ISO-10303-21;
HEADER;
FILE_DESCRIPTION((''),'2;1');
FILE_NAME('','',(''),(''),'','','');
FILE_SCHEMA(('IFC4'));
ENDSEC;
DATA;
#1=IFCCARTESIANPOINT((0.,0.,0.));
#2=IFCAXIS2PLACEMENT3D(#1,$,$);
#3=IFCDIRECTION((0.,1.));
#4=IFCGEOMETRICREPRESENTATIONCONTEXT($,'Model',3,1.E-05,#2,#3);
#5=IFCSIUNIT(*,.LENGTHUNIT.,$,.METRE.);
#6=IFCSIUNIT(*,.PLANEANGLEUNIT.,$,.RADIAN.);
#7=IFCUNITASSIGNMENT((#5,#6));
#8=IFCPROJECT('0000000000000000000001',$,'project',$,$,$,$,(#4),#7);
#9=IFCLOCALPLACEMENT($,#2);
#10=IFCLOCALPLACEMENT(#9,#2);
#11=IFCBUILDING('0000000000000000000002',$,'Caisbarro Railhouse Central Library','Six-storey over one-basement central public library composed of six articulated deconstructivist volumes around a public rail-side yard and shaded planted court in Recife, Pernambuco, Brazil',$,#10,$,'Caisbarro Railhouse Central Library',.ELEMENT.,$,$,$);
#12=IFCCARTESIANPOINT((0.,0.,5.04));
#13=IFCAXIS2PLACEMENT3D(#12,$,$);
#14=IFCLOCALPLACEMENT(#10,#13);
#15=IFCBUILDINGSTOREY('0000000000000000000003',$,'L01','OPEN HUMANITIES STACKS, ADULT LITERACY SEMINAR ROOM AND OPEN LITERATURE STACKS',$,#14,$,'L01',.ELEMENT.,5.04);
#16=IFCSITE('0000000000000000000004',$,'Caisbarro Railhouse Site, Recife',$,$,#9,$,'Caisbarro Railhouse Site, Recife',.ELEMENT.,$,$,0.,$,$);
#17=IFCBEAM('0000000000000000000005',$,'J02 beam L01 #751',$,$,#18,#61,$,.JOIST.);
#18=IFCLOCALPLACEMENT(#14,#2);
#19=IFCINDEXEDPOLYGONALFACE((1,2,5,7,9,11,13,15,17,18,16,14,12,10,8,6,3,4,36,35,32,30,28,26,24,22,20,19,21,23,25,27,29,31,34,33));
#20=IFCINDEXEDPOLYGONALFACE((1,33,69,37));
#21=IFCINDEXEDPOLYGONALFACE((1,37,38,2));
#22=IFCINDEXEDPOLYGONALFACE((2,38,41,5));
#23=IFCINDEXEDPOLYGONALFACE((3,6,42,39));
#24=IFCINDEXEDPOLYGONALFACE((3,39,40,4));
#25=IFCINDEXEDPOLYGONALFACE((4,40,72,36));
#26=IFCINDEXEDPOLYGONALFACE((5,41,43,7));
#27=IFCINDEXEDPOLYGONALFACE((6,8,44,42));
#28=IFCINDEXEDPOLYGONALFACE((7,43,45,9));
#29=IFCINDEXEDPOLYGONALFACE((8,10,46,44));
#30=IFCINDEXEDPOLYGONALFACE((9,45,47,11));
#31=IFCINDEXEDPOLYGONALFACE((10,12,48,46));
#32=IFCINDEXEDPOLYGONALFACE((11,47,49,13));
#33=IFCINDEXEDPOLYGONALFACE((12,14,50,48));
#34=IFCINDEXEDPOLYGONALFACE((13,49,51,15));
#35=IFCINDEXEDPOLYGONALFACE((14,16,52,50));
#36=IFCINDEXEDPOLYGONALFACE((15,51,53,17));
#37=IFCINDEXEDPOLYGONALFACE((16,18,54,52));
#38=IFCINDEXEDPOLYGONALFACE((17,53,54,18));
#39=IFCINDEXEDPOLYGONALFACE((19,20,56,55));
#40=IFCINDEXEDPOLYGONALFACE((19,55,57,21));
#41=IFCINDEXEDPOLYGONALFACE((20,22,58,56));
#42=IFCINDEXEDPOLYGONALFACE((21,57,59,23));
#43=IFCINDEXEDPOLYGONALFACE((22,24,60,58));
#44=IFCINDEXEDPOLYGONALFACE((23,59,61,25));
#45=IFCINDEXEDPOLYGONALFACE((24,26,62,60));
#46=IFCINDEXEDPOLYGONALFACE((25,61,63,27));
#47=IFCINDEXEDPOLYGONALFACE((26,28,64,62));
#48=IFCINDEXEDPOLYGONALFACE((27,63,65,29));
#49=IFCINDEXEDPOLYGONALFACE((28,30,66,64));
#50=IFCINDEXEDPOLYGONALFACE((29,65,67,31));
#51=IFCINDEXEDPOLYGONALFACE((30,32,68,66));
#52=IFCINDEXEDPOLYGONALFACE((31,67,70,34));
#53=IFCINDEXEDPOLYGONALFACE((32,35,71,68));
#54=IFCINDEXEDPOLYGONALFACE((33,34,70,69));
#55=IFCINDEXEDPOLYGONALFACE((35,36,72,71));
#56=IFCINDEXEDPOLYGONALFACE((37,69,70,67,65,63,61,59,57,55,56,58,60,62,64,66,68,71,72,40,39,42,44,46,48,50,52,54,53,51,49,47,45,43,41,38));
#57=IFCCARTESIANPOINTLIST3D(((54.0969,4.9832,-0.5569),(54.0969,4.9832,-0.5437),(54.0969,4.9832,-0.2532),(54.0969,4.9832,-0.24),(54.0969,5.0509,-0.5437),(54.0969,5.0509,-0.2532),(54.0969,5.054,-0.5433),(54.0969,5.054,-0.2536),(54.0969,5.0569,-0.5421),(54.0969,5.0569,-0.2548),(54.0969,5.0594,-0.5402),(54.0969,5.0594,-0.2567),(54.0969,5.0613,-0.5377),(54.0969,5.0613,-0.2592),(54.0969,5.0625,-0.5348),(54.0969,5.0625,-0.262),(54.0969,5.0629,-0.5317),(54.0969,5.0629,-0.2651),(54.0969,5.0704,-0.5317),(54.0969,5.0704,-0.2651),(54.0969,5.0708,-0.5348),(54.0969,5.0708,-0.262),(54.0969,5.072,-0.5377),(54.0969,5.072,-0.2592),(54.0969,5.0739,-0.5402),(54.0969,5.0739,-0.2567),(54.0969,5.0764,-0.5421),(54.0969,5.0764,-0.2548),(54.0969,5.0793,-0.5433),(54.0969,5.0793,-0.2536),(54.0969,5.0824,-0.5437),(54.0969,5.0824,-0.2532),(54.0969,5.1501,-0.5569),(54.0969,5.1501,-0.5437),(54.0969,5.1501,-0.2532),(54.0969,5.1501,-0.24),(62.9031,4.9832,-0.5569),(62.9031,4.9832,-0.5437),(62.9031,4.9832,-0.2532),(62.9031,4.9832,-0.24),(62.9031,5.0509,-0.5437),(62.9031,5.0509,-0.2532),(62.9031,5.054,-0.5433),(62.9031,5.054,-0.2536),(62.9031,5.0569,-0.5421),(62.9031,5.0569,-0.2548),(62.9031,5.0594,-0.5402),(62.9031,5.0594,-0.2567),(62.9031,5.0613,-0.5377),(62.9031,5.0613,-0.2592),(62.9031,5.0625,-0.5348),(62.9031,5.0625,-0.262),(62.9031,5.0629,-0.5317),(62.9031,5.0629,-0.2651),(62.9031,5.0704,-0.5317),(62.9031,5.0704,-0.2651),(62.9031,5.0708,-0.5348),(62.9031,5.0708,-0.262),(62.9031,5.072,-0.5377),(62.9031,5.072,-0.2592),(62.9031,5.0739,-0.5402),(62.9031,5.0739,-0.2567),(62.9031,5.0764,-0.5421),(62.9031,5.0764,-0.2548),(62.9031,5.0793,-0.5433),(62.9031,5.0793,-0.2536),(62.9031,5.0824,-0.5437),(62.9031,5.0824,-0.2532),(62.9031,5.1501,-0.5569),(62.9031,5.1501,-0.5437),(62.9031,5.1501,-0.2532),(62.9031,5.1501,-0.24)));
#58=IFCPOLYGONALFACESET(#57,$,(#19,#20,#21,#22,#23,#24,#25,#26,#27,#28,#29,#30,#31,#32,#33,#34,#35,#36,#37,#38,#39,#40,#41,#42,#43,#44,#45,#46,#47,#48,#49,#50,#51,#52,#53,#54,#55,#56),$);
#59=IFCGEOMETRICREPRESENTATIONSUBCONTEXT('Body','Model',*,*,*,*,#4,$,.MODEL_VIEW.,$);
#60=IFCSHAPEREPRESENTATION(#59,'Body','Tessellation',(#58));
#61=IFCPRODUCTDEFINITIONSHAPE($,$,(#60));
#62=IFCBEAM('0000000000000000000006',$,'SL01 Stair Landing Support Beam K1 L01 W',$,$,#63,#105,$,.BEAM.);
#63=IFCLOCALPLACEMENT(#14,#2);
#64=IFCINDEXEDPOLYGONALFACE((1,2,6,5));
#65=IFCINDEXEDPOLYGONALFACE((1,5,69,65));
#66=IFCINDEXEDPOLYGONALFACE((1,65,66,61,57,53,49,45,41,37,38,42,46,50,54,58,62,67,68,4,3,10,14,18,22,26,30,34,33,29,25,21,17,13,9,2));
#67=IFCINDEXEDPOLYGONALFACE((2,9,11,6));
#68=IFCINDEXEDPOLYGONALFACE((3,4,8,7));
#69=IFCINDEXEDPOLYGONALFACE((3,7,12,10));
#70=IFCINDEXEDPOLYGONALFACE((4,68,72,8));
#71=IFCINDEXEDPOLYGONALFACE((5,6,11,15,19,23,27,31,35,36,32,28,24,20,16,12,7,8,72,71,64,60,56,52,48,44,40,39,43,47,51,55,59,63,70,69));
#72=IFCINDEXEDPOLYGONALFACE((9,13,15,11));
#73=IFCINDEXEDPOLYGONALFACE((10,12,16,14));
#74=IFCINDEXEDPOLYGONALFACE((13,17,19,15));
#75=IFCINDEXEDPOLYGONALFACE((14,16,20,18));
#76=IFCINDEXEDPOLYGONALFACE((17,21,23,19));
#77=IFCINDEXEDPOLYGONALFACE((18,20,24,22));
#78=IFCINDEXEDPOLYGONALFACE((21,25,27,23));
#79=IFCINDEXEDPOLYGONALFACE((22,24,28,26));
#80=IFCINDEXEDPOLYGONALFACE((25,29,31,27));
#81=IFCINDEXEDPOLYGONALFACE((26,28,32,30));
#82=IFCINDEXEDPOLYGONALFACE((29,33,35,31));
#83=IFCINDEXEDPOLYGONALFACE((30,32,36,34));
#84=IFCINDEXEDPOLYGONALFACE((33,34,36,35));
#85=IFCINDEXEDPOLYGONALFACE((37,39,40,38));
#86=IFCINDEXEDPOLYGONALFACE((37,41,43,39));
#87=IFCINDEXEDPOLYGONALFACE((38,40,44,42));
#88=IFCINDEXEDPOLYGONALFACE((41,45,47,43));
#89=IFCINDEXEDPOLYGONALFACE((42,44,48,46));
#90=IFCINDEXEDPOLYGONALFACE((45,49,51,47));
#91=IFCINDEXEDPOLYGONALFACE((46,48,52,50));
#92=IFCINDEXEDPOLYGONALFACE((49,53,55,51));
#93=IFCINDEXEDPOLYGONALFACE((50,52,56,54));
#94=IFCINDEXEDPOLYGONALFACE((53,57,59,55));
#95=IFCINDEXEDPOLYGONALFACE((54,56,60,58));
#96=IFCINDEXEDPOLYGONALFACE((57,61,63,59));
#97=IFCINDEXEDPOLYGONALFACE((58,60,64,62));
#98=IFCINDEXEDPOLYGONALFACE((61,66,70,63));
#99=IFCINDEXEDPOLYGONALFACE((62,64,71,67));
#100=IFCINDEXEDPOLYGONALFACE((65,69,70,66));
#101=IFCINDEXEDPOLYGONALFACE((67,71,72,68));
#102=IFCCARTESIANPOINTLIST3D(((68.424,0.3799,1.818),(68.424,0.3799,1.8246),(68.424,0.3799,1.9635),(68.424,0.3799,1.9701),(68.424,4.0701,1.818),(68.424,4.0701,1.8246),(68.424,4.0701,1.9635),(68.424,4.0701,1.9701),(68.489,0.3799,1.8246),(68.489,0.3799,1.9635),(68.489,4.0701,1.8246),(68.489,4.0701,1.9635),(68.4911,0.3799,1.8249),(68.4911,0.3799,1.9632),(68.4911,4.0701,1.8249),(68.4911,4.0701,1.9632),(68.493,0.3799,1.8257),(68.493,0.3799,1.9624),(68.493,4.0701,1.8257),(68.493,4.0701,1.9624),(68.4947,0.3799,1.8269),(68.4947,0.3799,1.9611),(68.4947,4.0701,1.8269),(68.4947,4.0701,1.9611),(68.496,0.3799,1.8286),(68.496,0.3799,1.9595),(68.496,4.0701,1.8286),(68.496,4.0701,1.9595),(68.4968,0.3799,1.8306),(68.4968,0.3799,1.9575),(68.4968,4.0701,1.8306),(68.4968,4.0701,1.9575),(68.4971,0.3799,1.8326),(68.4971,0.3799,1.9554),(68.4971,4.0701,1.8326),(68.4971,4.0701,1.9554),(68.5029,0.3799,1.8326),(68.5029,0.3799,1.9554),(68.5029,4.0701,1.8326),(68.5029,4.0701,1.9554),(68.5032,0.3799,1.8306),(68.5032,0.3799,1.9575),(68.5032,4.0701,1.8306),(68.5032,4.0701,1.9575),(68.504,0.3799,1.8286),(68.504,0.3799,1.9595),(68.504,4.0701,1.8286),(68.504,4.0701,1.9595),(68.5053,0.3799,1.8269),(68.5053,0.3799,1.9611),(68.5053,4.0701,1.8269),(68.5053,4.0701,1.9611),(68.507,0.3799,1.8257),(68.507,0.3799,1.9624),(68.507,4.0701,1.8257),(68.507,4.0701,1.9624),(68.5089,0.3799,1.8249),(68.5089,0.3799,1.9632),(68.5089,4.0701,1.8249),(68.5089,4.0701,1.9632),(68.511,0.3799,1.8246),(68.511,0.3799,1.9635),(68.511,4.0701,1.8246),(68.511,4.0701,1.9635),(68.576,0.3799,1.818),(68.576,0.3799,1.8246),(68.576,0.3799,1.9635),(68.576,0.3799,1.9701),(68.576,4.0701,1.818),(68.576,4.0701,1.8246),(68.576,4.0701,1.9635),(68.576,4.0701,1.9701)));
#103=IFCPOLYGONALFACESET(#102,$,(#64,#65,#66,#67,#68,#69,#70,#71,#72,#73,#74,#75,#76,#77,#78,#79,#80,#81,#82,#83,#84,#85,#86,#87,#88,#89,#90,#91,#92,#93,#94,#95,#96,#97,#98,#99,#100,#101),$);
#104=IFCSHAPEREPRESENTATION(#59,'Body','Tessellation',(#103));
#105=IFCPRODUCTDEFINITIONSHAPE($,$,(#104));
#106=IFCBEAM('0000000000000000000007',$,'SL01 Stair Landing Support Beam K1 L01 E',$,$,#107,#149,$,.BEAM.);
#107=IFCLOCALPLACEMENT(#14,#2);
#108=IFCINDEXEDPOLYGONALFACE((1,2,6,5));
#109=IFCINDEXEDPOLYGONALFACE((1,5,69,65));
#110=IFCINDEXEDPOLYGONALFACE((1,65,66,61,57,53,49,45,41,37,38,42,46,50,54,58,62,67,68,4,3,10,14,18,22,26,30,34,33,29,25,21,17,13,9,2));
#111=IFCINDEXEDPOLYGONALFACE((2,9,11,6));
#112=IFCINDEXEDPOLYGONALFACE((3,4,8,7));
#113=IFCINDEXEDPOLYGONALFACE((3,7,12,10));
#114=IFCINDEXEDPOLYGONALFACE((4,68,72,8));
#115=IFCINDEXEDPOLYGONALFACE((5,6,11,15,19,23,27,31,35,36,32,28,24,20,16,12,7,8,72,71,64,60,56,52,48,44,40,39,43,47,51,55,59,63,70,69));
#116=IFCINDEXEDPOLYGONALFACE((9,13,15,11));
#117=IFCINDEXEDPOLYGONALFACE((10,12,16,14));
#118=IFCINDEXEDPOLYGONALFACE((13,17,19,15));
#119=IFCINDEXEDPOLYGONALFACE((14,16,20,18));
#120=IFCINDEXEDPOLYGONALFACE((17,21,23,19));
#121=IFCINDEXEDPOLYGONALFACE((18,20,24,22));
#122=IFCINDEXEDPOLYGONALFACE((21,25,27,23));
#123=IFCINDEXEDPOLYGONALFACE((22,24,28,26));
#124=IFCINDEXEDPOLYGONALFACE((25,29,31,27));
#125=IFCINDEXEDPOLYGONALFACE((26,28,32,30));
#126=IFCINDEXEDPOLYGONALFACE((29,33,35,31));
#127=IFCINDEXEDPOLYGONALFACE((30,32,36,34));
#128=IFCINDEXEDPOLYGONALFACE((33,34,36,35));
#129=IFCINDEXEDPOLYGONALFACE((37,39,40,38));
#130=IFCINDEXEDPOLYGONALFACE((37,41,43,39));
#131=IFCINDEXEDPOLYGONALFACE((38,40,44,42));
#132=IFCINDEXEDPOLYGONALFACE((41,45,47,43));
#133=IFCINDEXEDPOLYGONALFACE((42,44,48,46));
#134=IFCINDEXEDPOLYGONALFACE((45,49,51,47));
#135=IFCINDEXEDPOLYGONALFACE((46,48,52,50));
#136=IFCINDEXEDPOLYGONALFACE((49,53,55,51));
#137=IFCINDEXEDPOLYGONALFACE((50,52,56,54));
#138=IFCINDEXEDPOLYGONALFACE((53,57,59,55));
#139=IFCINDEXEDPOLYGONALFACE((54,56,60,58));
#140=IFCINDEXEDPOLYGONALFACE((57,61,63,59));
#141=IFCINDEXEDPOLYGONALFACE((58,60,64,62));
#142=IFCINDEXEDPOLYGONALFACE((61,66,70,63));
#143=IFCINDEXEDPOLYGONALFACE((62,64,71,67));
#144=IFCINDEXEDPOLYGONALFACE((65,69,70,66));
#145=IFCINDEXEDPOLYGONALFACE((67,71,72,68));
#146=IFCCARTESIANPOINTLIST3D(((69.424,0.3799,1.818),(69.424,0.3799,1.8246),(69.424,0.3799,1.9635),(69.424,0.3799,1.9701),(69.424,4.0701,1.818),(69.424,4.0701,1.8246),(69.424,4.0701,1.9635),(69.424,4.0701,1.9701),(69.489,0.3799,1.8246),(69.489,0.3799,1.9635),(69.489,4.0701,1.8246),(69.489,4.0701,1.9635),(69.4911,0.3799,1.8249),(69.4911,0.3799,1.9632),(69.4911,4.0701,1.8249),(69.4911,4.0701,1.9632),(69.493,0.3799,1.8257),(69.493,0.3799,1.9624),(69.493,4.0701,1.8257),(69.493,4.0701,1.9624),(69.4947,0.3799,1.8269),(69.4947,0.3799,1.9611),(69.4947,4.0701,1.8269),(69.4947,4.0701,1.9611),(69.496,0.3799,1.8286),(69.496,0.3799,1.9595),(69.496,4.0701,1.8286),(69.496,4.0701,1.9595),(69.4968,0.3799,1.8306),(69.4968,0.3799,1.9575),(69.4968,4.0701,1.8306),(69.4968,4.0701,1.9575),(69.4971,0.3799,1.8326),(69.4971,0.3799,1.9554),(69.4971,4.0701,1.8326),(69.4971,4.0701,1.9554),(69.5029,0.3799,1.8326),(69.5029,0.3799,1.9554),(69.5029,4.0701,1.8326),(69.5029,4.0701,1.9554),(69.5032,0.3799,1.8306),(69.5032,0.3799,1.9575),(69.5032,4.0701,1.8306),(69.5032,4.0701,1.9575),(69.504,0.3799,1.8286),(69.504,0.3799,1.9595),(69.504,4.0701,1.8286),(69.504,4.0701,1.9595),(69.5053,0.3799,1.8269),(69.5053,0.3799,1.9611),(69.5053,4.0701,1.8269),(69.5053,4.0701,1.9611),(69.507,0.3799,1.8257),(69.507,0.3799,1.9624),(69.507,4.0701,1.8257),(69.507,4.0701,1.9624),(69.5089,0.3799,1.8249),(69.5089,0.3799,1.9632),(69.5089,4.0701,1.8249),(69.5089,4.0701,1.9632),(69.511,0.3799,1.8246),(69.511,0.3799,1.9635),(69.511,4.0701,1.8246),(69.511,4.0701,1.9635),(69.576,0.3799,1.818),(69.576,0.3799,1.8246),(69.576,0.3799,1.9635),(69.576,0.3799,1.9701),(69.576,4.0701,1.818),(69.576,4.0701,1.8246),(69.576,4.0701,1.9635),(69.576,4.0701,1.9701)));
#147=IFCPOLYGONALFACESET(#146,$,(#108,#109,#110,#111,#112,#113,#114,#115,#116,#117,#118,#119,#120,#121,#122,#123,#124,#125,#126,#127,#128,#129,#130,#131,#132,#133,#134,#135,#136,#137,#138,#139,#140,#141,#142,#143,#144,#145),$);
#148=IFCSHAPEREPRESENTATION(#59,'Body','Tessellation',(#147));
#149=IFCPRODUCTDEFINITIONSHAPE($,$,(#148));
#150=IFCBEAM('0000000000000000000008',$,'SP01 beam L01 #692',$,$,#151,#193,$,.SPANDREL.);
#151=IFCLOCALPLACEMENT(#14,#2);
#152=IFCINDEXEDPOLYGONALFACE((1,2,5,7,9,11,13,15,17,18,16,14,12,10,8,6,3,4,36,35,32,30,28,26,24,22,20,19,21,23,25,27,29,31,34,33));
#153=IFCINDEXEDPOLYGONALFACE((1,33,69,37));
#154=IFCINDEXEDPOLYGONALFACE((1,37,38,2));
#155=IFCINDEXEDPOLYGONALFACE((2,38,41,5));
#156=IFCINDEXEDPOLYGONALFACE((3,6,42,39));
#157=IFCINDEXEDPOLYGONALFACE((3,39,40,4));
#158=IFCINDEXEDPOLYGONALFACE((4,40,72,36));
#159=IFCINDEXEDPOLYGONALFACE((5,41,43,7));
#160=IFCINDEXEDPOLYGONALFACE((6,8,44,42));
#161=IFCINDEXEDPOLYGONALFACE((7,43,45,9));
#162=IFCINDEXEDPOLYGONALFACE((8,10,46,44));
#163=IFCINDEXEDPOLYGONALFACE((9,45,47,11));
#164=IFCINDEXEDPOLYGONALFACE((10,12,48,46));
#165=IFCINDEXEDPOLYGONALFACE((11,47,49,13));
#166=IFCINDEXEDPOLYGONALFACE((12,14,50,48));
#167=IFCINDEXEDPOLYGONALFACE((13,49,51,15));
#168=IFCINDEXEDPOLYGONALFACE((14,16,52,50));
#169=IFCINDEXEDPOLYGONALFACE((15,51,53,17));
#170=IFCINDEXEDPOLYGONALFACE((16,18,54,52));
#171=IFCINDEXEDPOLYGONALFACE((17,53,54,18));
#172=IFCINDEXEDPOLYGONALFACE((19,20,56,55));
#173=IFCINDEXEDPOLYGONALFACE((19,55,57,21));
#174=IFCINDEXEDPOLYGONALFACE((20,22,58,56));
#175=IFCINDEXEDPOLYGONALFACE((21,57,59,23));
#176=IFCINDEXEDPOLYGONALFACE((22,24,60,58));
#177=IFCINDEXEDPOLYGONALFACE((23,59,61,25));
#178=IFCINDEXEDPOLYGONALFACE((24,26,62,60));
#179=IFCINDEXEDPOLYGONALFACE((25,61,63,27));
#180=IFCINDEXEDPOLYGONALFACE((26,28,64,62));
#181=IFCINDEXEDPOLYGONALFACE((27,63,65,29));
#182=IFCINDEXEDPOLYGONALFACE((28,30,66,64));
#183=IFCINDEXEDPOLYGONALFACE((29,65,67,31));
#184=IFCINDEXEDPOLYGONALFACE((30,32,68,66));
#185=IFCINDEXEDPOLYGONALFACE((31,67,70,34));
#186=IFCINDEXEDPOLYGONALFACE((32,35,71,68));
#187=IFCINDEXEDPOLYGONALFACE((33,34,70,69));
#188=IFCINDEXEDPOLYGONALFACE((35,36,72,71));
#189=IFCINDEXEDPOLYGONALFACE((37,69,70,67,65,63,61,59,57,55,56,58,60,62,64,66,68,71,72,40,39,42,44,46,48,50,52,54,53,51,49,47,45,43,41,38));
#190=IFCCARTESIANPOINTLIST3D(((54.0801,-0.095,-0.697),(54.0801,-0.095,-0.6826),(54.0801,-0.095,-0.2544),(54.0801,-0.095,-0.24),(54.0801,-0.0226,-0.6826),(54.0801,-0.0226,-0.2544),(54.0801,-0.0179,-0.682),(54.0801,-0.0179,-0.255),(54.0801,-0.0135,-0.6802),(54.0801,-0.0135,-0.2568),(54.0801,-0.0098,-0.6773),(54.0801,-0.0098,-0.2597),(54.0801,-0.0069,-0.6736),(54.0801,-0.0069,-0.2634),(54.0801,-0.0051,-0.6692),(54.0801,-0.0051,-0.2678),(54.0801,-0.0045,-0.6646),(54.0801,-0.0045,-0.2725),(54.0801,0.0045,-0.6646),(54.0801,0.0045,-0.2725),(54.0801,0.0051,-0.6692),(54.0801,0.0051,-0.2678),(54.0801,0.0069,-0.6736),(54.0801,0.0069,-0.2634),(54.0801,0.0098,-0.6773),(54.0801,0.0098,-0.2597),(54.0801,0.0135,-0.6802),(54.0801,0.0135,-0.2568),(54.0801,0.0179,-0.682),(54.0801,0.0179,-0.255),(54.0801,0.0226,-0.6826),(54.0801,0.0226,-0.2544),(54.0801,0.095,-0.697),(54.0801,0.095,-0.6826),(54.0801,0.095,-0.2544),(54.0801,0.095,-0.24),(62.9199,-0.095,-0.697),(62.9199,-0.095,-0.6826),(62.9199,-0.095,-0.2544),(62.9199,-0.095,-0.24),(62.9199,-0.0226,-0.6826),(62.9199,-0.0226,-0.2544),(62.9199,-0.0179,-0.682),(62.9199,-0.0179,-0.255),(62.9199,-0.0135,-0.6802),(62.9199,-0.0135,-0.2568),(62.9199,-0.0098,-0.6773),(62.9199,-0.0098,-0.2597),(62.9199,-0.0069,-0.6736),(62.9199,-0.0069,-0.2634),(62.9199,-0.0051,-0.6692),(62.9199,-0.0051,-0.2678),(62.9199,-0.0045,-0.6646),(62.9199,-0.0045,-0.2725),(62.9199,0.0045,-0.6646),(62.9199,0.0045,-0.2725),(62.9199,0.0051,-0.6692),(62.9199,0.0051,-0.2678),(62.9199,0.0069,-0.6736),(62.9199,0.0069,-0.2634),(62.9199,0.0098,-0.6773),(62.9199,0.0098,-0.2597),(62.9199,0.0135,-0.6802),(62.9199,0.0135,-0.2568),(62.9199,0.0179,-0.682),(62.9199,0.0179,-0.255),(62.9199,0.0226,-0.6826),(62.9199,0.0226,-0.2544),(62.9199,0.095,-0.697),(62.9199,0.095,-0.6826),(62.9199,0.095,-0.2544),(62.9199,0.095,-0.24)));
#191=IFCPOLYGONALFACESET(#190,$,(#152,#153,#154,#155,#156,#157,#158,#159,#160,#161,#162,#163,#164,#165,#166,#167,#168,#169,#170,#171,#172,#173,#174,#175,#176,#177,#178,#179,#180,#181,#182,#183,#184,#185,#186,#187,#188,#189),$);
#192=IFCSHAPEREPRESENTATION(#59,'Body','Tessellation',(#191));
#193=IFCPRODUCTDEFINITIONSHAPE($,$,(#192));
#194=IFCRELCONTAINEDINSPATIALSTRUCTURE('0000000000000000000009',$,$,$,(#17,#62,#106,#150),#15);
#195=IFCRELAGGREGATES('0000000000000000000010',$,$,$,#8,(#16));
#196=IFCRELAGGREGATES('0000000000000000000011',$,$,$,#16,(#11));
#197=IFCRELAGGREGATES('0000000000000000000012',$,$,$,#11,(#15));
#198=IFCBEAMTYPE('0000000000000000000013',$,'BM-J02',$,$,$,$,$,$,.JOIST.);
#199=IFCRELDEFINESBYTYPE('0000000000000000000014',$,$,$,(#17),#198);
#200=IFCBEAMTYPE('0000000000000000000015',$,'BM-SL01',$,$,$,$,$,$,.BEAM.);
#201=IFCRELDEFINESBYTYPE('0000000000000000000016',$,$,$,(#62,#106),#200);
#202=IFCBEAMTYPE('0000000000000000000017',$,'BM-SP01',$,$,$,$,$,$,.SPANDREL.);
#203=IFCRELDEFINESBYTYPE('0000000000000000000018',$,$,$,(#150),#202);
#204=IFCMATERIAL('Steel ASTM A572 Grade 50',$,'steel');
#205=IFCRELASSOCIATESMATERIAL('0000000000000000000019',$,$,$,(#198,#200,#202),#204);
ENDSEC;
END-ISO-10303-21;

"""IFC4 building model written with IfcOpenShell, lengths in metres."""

from ifc_helpers import new_model, si_unit, direction, frame, origin, origin_2d, place, context, subcontext, project, spatial, i_section, extrude, material, material_profile, profile_set, type_object, element, save


model = new_model("IFC4")

# Units and contexts
model_context = context("Model", 3, precision=1e-05, world=origin(), true_north=direction((0.0, 1.0)))
body_context = subcontext(model_context, "Body", "Model", "MODEL_VIEW")
ifc_project = project(units=[si_unit("LENGTHUNIT", "METRE"), si_unit("PLANEANGLEUNIT", "RADIAN")], contexts=[model_context])

# Site, building, storey
site_placement = place(None, origin())
site = spatial("IfcSite", under=ifc_project, at=site_placement, Name="Caisbarro Railhouse Site, Recife", LongName="Caisbarro Railhouse Site, Recife", CompositionType="ELEMENT", RefElevation=0.0)
building_placement = place(site_placement, origin())
building = spatial("IfcBuilding", under=site, at=building_placement, Name="Caisbarro Railhouse Central Library", Description="Six-storey over one-basement central public library composed of six articulated deconstructivist volumes around a public rail-side yard and shaded planted court in Recife, Pernambuco, Brazil", LongName="Caisbarro Railhouse Central Library", CompositionType="ELEMENT")
storey_placement = place(building_placement, frame((0.0, 0.0, 5.04)))
storey = spatial("IfcBuildingStorey", under=building, at=storey_placement, Name="L01", Description="OPEN HUMANITIES STACKS, ADULT LITERACY SEMINAR ROOM AND OPEN LITERATURE STACKS", LongName="L01", CompositionType="ELEMENT", Elevation=5.04)

# Shared definitions
ifc_material_1 = material(Name="Steel ASTM A572 Grade 50", Category="steel")

# Beams
ifc_material_profile_1 = material_profile(ifc_material_1, i_section(OverallWidth=0.167, OverallDepth=0.3169, WebThickness=0.0076, FlangeThickness=0.0132, FilletRadius=0.012, at=origin_2d()), Name="W310X52.0")
ifc_profile_set_1 = profile_set([ifc_material_profile_1], Name="Steel ASTM A572 Grade 50")
beam_type_1 = type_object("IfcBeamType", Name="BM-J02", PredefinedType="JOIST", material=ifc_profile_set_1)
for number, where, z_axis, x_axis, name in (
    (1, (54.0969, 5.0667, -0.3984), (1.0, 0.0, 0.0), (0.0, 1.0, 0.0), "J02 beam L01 #751"),
):
    element("IfcBeam", number, at=place(storey_placement, frame(where, z_axis=z_axis, x_axis=x_axis)), inside=storey, type_object=beam_type_1, Name=name, PredefinedType="JOIST", context=body_context, shape_type="SweptSolid", body=[
        extrude(i_section(OverallWidth=0.167, OverallDepth=0.3169, WebThickness=0.0076, FlangeThickness=0.0132, FilletRadius=0.012, at=origin_2d()), origin(), (0.0, 0.0, 1.0), 8.8062),
    ])
ifc_material_profile_2 = material_profile(ifc_material_1, i_section(OverallWidth=0.1521, OverallDepth=0.1521, WebThickness=0.0059, FlangeThickness=0.0066, FilletRadius=0.0081, at=origin_2d()), Name="W150X22.5")
ifc_profile_set_2 = profile_set([ifc_material_profile_2], Name="Steel ASTM A572 Grade 50")
beam_type_2 = type_object("IfcBeamType", Name="BM-SL01", PredefinedType="BEAM", material=ifc_profile_set_2)
for number, where, z_axis, x_axis, name in (
    (2, (68.5, 0.3799, 1.894), (0.0, 1.0, 0.0), (-1.0, 0.0, 0.0), "SL01 Stair Landing Support Beam K1 L01 W"),
    (3, (69.5, 0.3799, 1.894), (0.0, 1.0, 0.0), (-1.0, 0.0, 0.0), "SL01 Stair Landing Support Beam K1 L01 E"),
):
    element("IfcBeam", number, at=place(storey_placement, frame(where, z_axis=z_axis, x_axis=x_axis)), inside=storey, type_object=beam_type_2, Name=name, PredefinedType="BEAM", context=body_context, shape_type="SweptSolid", body=[
        extrude(i_section(OverallWidth=0.1521, OverallDepth=0.1521, WebThickness=0.0059, FlangeThickness=0.0066, FilletRadius=0.0081, at=origin_2d()), origin(), (0.0, 0.0, 1.0), 3.6902),
    ])
ifc_material_profile_3 = material_profile(ifc_material_1, i_section(OverallWidth=0.1899, OverallDepth=0.457, WebThickness=0.009, FlangeThickness=0.0144, FilletRadius=0.0181, at=origin_2d()), Name="W460X74.0")
ifc_profile_set_3 = profile_set([ifc_material_profile_3], Name="Steel ASTM A572 Grade 50")
beam_type_3 = type_object("IfcBeamType", Name="BM-SP01", PredefinedType="SPANDREL", material=ifc_profile_set_3)
for number, where, z_axis, x_axis, name in (
    (4, (54.0801, 0.0, -0.4685), (1.0, 0.0, 0.0), (0.0, 1.0, 0.0), "SP01 beam L01 #692"),
):
    element("IfcBeam", number, at=place(storey_placement, frame(where, z_axis=z_axis, x_axis=x_axis)), inside=storey, type_object=beam_type_3, Name=name, PredefinedType="SPANDREL", context=body_context, shape_type="SweptSolid", body=[
        extrude(i_section(OverallWidth=0.1899, OverallDepth=0.457, WebThickness=0.009, FlangeThickness=0.0144, FilletRadius=0.0181, at=origin_2d()), origin(), (0.0, 0.0, 1.0), 8.8398),
    ])

save(model, "model.ifc")
